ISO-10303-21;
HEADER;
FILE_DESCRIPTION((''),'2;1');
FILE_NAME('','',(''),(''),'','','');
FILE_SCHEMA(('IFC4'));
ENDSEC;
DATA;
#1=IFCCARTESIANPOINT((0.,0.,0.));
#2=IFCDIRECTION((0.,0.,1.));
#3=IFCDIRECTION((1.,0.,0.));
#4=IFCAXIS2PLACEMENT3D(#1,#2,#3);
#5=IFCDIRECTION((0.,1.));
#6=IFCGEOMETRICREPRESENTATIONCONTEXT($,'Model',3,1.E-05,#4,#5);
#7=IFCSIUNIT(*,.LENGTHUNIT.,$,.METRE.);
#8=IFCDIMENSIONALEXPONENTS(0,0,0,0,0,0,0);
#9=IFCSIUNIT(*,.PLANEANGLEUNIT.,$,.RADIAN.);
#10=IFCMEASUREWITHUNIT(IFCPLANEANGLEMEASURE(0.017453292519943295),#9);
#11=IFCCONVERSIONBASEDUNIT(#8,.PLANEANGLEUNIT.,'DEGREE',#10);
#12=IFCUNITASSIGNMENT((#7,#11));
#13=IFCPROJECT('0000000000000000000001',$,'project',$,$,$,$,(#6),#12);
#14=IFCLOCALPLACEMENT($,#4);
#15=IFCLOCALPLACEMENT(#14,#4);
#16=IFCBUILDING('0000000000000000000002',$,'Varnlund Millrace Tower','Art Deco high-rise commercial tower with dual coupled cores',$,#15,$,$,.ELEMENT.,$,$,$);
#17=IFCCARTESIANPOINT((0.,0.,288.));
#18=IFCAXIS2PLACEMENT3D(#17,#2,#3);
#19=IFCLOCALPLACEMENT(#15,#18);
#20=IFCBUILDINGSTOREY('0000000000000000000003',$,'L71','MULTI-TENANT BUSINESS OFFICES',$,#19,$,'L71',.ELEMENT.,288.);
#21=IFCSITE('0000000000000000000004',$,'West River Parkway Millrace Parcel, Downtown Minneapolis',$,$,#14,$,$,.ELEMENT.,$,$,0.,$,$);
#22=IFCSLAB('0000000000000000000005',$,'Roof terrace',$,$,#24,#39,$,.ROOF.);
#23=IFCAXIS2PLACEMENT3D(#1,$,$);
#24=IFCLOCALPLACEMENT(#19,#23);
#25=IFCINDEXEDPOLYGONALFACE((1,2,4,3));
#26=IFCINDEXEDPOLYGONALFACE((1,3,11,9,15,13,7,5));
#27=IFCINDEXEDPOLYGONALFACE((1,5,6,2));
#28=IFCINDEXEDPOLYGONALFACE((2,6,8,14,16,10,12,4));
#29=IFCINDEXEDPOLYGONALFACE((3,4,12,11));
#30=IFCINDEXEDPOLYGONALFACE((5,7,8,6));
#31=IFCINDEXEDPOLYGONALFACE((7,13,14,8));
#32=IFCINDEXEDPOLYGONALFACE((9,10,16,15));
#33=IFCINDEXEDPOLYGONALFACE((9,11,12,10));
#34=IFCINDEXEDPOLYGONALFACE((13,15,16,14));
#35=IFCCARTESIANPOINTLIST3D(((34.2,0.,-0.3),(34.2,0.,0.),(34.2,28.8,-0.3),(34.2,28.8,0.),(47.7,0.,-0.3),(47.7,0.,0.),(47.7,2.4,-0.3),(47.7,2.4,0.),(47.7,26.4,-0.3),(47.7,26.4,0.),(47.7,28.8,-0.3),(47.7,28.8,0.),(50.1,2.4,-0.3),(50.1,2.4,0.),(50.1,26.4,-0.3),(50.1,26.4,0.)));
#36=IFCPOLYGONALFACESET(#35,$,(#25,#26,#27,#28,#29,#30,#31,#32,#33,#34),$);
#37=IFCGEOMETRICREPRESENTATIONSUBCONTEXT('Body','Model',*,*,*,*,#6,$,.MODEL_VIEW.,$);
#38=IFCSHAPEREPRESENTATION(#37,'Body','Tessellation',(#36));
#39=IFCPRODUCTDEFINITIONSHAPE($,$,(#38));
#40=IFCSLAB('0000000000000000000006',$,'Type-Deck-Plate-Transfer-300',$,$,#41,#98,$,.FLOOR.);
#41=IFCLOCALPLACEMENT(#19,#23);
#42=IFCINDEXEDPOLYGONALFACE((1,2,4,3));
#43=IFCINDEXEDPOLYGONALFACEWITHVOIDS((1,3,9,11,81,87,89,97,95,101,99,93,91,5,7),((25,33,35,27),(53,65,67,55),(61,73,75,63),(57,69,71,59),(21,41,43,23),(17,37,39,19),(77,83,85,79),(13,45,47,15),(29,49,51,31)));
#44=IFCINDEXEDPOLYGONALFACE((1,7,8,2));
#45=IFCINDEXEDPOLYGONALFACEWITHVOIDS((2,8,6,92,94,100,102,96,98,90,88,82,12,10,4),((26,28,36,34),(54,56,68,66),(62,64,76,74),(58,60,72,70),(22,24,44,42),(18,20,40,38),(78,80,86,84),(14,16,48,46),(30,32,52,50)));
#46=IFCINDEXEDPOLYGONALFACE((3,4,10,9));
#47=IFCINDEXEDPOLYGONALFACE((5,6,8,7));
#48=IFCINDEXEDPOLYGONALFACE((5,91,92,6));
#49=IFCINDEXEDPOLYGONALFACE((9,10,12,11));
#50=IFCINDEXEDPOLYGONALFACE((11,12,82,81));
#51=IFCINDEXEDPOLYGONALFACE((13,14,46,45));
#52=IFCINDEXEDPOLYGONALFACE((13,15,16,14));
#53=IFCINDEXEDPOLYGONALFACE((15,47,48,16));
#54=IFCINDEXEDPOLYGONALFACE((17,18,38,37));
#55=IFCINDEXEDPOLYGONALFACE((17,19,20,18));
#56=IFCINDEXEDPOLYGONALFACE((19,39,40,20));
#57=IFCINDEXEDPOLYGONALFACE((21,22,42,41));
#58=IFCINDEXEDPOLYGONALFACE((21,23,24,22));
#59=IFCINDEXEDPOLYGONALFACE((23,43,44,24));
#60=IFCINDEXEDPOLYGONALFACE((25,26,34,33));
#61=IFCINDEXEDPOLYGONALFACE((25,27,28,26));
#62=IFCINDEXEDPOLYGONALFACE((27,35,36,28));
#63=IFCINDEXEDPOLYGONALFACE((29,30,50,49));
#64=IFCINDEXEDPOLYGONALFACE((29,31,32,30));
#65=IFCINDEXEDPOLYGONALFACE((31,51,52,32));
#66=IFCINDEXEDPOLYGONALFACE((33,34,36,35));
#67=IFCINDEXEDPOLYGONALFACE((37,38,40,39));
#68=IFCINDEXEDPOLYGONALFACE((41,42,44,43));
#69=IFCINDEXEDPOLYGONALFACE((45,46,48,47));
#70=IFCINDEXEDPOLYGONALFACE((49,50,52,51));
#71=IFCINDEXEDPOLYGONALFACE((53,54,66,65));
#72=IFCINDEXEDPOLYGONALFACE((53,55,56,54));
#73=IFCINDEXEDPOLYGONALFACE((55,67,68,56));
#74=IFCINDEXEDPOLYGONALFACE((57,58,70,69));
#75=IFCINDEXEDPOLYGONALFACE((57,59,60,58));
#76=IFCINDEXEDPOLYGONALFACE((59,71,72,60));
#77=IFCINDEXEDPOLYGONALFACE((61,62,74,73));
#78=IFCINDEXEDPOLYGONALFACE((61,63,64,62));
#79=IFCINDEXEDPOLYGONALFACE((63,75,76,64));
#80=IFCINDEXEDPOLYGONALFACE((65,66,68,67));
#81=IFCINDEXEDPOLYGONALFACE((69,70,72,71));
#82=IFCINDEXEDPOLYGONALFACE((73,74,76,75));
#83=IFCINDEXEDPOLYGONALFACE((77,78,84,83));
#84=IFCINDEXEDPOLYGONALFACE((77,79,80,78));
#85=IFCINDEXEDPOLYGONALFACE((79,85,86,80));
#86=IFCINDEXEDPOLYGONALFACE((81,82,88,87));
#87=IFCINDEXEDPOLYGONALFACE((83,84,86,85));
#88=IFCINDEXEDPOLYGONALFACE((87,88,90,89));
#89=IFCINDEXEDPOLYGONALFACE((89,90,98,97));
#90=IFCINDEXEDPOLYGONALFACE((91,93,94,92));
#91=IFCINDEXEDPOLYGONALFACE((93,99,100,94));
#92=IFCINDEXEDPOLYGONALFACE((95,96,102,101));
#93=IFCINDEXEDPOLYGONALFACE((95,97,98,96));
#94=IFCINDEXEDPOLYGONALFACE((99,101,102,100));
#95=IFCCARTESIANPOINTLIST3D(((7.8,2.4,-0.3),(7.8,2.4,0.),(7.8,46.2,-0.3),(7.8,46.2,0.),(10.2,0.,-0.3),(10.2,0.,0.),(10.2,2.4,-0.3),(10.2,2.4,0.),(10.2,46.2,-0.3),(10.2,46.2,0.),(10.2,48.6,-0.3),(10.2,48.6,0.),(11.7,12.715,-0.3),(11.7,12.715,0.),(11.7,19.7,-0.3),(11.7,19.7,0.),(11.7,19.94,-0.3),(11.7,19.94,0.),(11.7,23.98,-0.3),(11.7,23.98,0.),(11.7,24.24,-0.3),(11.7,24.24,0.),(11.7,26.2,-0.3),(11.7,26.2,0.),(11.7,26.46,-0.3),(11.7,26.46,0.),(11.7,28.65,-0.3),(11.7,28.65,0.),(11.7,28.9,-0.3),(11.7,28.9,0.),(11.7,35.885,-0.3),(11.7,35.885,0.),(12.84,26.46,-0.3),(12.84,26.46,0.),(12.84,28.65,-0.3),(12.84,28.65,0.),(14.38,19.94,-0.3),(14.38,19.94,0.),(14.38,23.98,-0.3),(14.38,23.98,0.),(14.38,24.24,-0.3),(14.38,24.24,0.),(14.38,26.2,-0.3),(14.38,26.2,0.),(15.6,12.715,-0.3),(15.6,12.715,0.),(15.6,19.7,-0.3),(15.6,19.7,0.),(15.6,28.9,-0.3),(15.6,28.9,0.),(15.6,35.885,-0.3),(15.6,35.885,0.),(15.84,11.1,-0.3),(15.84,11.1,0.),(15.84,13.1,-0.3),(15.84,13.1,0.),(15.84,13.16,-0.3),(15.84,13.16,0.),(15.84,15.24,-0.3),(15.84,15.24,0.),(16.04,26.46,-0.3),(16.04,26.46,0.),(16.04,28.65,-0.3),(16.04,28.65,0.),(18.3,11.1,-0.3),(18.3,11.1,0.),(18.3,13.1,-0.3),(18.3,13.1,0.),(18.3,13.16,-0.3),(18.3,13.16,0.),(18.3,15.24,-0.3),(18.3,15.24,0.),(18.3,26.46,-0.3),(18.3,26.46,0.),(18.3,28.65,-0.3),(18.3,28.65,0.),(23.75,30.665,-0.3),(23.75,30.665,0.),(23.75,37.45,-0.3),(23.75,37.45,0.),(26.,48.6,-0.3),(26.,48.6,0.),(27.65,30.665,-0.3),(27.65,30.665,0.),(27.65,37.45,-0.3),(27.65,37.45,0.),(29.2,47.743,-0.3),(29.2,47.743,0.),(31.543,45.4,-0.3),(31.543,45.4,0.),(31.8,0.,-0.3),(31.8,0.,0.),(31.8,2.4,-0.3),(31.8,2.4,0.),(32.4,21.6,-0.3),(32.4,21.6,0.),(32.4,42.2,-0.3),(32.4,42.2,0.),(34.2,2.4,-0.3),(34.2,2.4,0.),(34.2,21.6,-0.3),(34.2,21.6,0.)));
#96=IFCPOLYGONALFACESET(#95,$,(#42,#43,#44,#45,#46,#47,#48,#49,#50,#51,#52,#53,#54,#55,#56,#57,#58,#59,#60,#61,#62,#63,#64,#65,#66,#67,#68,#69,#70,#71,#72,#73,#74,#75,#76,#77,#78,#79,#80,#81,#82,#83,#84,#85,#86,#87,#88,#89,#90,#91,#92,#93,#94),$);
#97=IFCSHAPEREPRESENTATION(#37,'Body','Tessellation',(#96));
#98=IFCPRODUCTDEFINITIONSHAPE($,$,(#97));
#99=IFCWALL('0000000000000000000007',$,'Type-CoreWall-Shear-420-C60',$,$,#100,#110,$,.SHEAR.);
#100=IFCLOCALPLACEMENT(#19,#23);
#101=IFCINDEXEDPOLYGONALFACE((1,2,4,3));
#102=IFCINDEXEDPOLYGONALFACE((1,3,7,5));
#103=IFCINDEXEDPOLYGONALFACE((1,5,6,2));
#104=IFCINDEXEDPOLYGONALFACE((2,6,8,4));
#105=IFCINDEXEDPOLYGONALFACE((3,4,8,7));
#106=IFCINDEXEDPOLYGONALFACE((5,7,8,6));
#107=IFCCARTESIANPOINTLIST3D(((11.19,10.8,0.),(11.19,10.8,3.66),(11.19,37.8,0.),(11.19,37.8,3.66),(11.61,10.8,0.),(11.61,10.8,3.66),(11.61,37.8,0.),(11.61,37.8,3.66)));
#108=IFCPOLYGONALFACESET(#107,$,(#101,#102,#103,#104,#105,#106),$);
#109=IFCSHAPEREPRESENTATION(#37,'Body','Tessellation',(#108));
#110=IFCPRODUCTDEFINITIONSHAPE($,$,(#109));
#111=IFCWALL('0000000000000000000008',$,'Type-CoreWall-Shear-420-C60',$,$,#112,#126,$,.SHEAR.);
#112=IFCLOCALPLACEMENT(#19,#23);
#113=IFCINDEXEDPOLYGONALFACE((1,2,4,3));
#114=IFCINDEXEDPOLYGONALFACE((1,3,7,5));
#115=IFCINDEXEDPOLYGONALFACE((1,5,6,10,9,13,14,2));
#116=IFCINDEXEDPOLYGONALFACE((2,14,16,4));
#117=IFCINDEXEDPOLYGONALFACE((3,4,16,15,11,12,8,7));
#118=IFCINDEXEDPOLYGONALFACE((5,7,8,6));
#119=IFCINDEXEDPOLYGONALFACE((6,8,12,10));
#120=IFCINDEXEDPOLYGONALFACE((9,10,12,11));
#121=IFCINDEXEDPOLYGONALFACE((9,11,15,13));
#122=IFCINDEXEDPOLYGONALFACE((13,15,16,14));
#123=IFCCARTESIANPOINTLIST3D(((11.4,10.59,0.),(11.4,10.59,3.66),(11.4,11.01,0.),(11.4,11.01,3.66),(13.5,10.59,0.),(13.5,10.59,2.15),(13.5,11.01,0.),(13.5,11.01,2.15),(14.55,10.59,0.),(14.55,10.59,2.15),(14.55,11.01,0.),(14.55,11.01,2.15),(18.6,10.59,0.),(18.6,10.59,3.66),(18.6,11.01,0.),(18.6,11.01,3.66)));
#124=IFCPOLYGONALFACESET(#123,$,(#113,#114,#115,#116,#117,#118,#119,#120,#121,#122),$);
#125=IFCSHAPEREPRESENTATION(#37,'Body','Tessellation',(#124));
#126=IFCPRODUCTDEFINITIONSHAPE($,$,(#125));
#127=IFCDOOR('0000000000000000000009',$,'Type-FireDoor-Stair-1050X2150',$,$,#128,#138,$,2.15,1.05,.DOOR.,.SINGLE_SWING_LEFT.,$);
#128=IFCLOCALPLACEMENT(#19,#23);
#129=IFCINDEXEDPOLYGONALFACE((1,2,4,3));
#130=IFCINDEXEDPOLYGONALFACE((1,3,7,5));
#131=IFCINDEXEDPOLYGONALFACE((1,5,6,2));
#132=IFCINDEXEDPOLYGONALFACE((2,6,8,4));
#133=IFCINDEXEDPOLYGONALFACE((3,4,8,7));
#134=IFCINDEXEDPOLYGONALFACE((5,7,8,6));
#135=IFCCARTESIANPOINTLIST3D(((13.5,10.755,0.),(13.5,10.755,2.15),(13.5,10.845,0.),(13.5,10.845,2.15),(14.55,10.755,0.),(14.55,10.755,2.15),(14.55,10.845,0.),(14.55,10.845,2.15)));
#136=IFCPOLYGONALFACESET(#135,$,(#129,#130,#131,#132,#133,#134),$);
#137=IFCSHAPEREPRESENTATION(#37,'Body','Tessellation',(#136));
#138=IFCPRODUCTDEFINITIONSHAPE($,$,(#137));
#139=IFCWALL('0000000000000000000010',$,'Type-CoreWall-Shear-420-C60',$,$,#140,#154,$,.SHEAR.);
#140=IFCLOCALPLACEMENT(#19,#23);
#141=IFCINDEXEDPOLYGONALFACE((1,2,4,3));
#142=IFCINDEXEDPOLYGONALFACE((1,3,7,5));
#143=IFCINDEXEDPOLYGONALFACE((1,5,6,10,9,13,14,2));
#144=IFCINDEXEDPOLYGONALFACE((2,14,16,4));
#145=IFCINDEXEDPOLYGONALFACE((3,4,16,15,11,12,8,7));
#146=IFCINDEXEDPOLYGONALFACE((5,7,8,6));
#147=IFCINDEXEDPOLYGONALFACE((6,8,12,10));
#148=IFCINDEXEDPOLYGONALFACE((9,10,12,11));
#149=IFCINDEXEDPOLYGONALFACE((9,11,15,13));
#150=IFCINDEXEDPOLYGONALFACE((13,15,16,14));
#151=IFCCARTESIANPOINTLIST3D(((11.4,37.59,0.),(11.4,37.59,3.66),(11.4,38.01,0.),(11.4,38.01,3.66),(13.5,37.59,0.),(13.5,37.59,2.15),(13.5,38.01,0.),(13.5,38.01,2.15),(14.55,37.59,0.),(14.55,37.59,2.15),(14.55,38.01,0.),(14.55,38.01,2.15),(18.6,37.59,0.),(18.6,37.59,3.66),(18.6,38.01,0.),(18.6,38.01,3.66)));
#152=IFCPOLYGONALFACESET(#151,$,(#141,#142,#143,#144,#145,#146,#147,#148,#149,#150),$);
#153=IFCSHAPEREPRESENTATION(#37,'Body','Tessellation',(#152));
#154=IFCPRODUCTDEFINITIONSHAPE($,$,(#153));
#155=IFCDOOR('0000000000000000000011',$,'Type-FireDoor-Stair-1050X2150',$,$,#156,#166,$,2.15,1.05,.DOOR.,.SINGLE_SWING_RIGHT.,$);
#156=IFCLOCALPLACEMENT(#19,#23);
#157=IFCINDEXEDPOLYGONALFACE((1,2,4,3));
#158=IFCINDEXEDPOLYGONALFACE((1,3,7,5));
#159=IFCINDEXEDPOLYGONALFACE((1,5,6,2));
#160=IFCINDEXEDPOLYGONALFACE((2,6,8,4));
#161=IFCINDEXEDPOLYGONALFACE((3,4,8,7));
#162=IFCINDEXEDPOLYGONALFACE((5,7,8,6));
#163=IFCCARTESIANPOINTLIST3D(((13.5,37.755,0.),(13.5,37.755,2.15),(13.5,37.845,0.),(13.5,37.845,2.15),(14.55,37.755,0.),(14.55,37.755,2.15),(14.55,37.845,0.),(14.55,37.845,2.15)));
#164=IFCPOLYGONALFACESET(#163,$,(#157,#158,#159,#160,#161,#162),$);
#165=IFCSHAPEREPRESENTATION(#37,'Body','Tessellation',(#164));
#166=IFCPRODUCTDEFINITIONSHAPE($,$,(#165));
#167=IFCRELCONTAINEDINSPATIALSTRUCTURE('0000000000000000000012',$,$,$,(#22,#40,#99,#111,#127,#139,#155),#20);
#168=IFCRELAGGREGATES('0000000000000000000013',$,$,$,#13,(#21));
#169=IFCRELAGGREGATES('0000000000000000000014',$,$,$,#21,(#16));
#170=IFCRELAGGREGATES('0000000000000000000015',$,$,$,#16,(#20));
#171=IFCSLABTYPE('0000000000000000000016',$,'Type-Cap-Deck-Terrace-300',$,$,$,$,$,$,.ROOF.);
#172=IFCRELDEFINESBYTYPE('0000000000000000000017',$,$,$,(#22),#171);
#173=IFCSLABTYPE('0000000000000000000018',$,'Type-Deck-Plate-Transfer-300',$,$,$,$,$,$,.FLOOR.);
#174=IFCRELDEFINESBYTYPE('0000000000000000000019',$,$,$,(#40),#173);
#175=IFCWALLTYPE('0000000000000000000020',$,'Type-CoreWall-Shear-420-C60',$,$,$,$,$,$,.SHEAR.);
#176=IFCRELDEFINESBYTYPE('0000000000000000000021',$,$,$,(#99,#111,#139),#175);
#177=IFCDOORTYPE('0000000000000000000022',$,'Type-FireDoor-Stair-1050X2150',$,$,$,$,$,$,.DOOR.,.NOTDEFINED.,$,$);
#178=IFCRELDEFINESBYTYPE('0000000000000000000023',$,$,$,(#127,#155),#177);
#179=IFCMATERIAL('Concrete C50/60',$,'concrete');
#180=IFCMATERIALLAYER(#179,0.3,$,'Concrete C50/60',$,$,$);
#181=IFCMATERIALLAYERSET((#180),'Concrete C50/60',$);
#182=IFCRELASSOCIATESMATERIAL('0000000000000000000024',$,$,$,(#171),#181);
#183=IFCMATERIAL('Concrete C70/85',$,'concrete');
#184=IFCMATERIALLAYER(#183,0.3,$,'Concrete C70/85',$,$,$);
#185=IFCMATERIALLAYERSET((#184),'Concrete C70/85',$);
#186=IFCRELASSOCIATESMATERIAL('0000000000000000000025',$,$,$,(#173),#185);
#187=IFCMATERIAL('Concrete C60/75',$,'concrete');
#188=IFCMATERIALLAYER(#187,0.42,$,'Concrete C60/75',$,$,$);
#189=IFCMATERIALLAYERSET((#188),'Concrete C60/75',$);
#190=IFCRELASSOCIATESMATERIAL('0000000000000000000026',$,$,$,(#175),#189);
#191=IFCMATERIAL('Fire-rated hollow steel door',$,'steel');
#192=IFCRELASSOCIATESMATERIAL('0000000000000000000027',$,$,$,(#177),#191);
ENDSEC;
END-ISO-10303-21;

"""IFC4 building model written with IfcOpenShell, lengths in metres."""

from ifc_helpers import new_model, entity, si_unit, converted_unit, direction, frame, origin_with_axes, origin_2d_with_axis, place, context, subcontext, project, spatial, polyline, rectangle, outline, extrude, material, layer, layer_set, type_object, element, fill, save


model = new_model("IFC4")

# Units and contexts
model_context = context("Model", 3, precision=1e-05, world=origin_with_axes(), true_north=direction((0.0, 1.0)))
body_context = subcontext(model_context, "Body", "Model", "MODEL_VIEW")
ifc_project = project(units=[si_unit("LENGTHUNIT", "METRE"), converted_unit("PLANEANGLEUNIT", "DEGREE", entity("IfcPlaneAngleMeasure", 0.017453292519943295), si_unit("PLANEANGLEUNIT", "RADIAN"), dimensions=[0, 0, 0, 0, 0, 0, 0])], contexts=[model_context])

# Site, building, storey
site_placement = place(None, origin_with_axes())
site = spatial("IfcSite", under=ifc_project, at=site_placement, Name="West River Parkway Millrace Parcel, Downtown Minneapolis", CompositionType="ELEMENT", RefElevation=0.0)
building_placement = place(site_placement, origin_with_axes())
building = spatial("IfcBuilding", under=site, at=building_placement, Name="Varnlund Millrace Tower", Description="Art Deco high-rise commercial tower with dual coupled cores", CompositionType="ELEMENT")
storey_placement = place(building_placement, frame((0.0, 0.0, 288.0), z_axis=(0.0, 0.0, 1.0), x_axis=(1.0, 0.0, 0.0)))
storey = spatial("IfcBuildingStorey", under=building, at=storey_placement, Name="L71", Description="MULTI-TENANT BUSINESS OFFICES", LongName="L71", CompositionType="ELEMENT", Elevation=288.0)

# Slabs
ifc_material_1 = material(Name="Concrete C50/60", Category="concrete")
ifc_layer_1 = layer(ifc_material_1, 0.3, Name="Concrete C50/60")
ifc_layer_set_1 = layer_set([ifc_layer_1], Name="Concrete C50/60")
slab_type_1 = type_object("IfcSlabType", Name="Type-Cap-Deck-Terrace-300", PredefinedType="ROOF", material=ifc_layer_set_1)
slab_1_placement = place(storey_placement, frame((0.0, 0.0, -0.3), z_axis=(0.0, 0.0, 1.0), x_axis=(1.0, 0.0, 0.0)))
element("IfcSlab", 1, at=slab_1_placement, inside=storey, type_object=slab_type_1, Name="Roof terrace", PredefinedType="ROOF", context=body_context, shape_type="SweptSolid", body=[
    extrude(outline(polyline([(34.2, 0.0), (47.7, 0.0), (47.7, 2.4), (50.1, 2.4), (50.1, 26.4), (47.7, 26.4), (47.7, 28.8), (34.2, 28.8), (34.2, 0.0)])), origin_with_axes(), (0.0, 0.0, 1.0), 0.3),
])
ifc_material_2 = material(Name="Concrete C70/85", Category="concrete")
ifc_layer_2 = layer(ifc_material_2, 0.3, Name="Concrete C70/85")
ifc_layer_set_2 = layer_set([ifc_layer_2], Name="Concrete C70/85")
slab_type_2 = type_object("IfcSlabType", Name="Type-Deck-Plate-Transfer-300", PredefinedType="FLOOR", material=ifc_layer_set_2)
slab_2_placement = place(storey_placement, frame((0.0, 0.0, -0.3), z_axis=(0.0, 0.0, 1.0), x_axis=(1.0, 0.0, 0.0)))
element("IfcSlab", 2, at=slab_2_placement, inside=storey, type_object=slab_type_2, Name="Type-Deck-Plate-Transfer-300", PredefinedType="FLOOR", context=body_context, shape_type="SweptSolid", body=[
    extrude(outline(polyline([(34.2, 21.6), (32.4, 21.6), (32.4, 42.2), (31.543, 45.4), (29.2, 47.743), (26.0, 48.6), (10.2, 48.6), (10.2, 46.2), (7.8, 46.2), (7.8, 2.4), (10.2, 2.4), (10.2, 0.0), (31.8, 0.0), (31.8, 2.4), (34.2, 2.4), (34.2, 21.6)]), holes=[polyline([(18.3, 13.1), (18.3, 11.1), (15.84, 11.1), (15.84, 13.1), (18.3, 13.1)]), polyline([(18.3, 15.24), (18.3, 13.16), (15.84, 13.16), (15.84, 15.24), (18.3, 15.24)]), polyline([(15.6, 19.7), (15.6, 12.715), (11.7, 12.715), (11.7, 19.7), (15.6, 19.7)]), polyline([(11.7, 23.98), (14.38, 23.98), (14.38, 19.94), (11.7, 19.94), (11.7, 23.98)]), polyline([(14.38, 26.2), (14.38, 24.24), (11.7, 24.24), (11.7, 26.2), (14.38, 26.2)]), polyline([(12.84, 28.65), (12.84, 26.46), (11.7, 26.46), (11.7, 28.65), (12.84, 28.65)]), polyline([(18.3, 28.65), (18.3, 26.46), (16.04, 26.46), (16.04, 28.65), (18.3, 28.65)]), polyline([(15.6, 28.9), (11.7, 28.9), (11.7, 35.885), (15.6, 35.885), (15.6, 28.9)]), polyline([(27.65, 30.665), (23.75, 30.665), (23.75, 37.45), (27.65, 37.45), (27.65, 30.665)])]), origin_with_axes(), (0.0, 0.0, 1.0), 0.3),
])

# Wall
ifc_material_3 = material(Name="Concrete C60/75", Category="concrete")
ifc_layer_3 = layer(ifc_material_3, 0.42, Name="Concrete C60/75")
ifc_layer_set_3 = layer_set([ifc_layer_3], Name="Concrete C60/75")
wall_type_1 = type_object("IfcWallType", Name="Type-CoreWall-Shear-420-C60", PredefinedType="SHEAR", material=ifc_layer_set_3)
wall_1_placement = place(storey_placement, frame((11.4, 10.8, 0.0), z_axis=(0.0, 0.0, 1.0), x_axis=(0.0, 1.0, 0.0)))
element("IfcWall", 3, at=wall_1_placement, inside=storey, type_object=wall_type_1, Name="Type-CoreWall-Shear-420-C60", PredefinedType="SHEAR", context=body_context, shape_type="SweptSolid", body=[
    extrude(outline(polyline([(0.0, -0.21), (27.0, -0.21), (27.0, 0.21), (0.0, 0.21), (0.0, -0.21)])), origin_with_axes(), (0.0, 0.0, 1.0), 3.66),
])

# Walls, openings, doors
wall_2_placement = place(storey_placement, frame((11.4, 10.8, 0.0), z_axis=(0.0, 0.0, 1.0), x_axis=(1.0, 0.0, 0.0)))
wall_2 = element("IfcWall", 4, at=wall_2_placement, inside=storey, type_object=wall_type_1, Name="Type-CoreWall-Shear-420-C60", PredefinedType="SHEAR", context=body_context, shape_type="SweptSolid", body=[
    extrude(outline(polyline([(0.0, -0.21), (7.2, -0.21), (7.2, 0.21), (0.0, 0.21), (0.0, -0.21)])), origin_with_axes(), (0.0, 0.0, 1.0), 3.66),
])
opening_1_placement = place(wall_2_placement, frame((2.625, 0.0, 0.0), z_axis=(0.0, 0.0, 1.0), x_axis=(1.0, 0.0, 0.0)))
opening_1 = element("IfcOpeningElement", 5, at=opening_1_placement, cuts=wall_2, PredefinedType="OPENING", context=body_context, shape_type="SweptSolid", body=[
    extrude(rectangle(XDim=1.05, YDim=0.44, at=origin_2d_with_axis()), origin_with_axes(), (0.0, 0.0, 1.0), 2.15),
])
ifc_material_4 = material(Name="Fire-rated hollow steel door", Category="steel")
door_type_1 = type_object("IfcDoorType", Name="Type-FireDoor-Stair-1050X2150", OperationType="NOTDEFINED", PredefinedType="DOOR", material=ifc_material_4)
door_1_placement = place(wall_2_placement, frame((2.625, 0.0, 0.0), z_axis=(0.0, 0.0, 1.0), x_axis=(1.0, 0.0, 0.0)))
door_1 = element("IfcDoor", 6, at=door_1_placement, inside=storey, type_object=door_type_1, Name="Type-FireDoor-Stair-1050X2150", OperationType="SINGLE_SWING_LEFT", OverallHeight=2.15, OverallWidth=1.05, PredefinedType="DOOR", context=body_context, shape_type="SweptSolid", body=[
    extrude(rectangle(XDim=1.05, YDim=0.09, at=origin_2d_with_axis()), origin_with_axes(), (0.0, 0.0, 1.0), 2.15),
])
fill(opening_1, door_1)
wall_3_placement = place(storey_placement, frame((11.4, 37.8, 0.0), z_axis=(0.0, 0.0, 1.0), x_axis=(1.0, 0.0, 0.0)))
wall_3 = element("IfcWall", 7, at=wall_3_placement, inside=storey, type_object=wall_type_1, Name="Type-CoreWall-Shear-420-C60", PredefinedType="SHEAR", context=body_context, shape_type="SweptSolid", body=[
    extrude(outline(polyline([(0.0, -0.21), (7.2, -0.21), (7.2, 0.21), (0.0, 0.21), (0.0, -0.21)])), origin_with_axes(), (0.0, 0.0, 1.0), 3.66),
])
opening_2_placement = place(wall_3_placement, frame((2.625, 0.0, 0.0), z_axis=(0.0, 0.0, 1.0), x_axis=(1.0, 0.0, 0.0)))
opening_2 = element("IfcOpeningElement", 8, at=opening_2_placement, cuts=wall_3, PredefinedType="OPENING", context=body_context, shape_type="SweptSolid", body=[
    extrude(rectangle(XDim=1.05, YDim=0.44, at=origin_2d_with_axis()), origin_with_axes(), (0.0, 0.0, 1.0), 2.15),
])
door_2_placement = place(wall_3_placement, frame((2.625, 0.0, 0.0), z_axis=(0.0, 0.0, 1.0), x_axis=(1.0, 0.0, 0.0)))
door_2 = element("IfcDoor", 9, at=door_2_placement, inside=storey, type_object=door_type_1, Name="Type-FireDoor-Stair-1050X2150", OperationType="SINGLE_SWING_RIGHT", OverallHeight=2.15, OverallWidth=1.05, PredefinedType="DOOR", context=body_context, shape_type="SweptSolid", body=[
    extrude(rectangle(XDim=1.05, YDim=0.09, at=origin_2d_with_axis()), origin_with_axes(), (0.0, 0.0, 1.0), 2.15),
])
fill(opening_2, door_2)

save(model, "model.ifc")
